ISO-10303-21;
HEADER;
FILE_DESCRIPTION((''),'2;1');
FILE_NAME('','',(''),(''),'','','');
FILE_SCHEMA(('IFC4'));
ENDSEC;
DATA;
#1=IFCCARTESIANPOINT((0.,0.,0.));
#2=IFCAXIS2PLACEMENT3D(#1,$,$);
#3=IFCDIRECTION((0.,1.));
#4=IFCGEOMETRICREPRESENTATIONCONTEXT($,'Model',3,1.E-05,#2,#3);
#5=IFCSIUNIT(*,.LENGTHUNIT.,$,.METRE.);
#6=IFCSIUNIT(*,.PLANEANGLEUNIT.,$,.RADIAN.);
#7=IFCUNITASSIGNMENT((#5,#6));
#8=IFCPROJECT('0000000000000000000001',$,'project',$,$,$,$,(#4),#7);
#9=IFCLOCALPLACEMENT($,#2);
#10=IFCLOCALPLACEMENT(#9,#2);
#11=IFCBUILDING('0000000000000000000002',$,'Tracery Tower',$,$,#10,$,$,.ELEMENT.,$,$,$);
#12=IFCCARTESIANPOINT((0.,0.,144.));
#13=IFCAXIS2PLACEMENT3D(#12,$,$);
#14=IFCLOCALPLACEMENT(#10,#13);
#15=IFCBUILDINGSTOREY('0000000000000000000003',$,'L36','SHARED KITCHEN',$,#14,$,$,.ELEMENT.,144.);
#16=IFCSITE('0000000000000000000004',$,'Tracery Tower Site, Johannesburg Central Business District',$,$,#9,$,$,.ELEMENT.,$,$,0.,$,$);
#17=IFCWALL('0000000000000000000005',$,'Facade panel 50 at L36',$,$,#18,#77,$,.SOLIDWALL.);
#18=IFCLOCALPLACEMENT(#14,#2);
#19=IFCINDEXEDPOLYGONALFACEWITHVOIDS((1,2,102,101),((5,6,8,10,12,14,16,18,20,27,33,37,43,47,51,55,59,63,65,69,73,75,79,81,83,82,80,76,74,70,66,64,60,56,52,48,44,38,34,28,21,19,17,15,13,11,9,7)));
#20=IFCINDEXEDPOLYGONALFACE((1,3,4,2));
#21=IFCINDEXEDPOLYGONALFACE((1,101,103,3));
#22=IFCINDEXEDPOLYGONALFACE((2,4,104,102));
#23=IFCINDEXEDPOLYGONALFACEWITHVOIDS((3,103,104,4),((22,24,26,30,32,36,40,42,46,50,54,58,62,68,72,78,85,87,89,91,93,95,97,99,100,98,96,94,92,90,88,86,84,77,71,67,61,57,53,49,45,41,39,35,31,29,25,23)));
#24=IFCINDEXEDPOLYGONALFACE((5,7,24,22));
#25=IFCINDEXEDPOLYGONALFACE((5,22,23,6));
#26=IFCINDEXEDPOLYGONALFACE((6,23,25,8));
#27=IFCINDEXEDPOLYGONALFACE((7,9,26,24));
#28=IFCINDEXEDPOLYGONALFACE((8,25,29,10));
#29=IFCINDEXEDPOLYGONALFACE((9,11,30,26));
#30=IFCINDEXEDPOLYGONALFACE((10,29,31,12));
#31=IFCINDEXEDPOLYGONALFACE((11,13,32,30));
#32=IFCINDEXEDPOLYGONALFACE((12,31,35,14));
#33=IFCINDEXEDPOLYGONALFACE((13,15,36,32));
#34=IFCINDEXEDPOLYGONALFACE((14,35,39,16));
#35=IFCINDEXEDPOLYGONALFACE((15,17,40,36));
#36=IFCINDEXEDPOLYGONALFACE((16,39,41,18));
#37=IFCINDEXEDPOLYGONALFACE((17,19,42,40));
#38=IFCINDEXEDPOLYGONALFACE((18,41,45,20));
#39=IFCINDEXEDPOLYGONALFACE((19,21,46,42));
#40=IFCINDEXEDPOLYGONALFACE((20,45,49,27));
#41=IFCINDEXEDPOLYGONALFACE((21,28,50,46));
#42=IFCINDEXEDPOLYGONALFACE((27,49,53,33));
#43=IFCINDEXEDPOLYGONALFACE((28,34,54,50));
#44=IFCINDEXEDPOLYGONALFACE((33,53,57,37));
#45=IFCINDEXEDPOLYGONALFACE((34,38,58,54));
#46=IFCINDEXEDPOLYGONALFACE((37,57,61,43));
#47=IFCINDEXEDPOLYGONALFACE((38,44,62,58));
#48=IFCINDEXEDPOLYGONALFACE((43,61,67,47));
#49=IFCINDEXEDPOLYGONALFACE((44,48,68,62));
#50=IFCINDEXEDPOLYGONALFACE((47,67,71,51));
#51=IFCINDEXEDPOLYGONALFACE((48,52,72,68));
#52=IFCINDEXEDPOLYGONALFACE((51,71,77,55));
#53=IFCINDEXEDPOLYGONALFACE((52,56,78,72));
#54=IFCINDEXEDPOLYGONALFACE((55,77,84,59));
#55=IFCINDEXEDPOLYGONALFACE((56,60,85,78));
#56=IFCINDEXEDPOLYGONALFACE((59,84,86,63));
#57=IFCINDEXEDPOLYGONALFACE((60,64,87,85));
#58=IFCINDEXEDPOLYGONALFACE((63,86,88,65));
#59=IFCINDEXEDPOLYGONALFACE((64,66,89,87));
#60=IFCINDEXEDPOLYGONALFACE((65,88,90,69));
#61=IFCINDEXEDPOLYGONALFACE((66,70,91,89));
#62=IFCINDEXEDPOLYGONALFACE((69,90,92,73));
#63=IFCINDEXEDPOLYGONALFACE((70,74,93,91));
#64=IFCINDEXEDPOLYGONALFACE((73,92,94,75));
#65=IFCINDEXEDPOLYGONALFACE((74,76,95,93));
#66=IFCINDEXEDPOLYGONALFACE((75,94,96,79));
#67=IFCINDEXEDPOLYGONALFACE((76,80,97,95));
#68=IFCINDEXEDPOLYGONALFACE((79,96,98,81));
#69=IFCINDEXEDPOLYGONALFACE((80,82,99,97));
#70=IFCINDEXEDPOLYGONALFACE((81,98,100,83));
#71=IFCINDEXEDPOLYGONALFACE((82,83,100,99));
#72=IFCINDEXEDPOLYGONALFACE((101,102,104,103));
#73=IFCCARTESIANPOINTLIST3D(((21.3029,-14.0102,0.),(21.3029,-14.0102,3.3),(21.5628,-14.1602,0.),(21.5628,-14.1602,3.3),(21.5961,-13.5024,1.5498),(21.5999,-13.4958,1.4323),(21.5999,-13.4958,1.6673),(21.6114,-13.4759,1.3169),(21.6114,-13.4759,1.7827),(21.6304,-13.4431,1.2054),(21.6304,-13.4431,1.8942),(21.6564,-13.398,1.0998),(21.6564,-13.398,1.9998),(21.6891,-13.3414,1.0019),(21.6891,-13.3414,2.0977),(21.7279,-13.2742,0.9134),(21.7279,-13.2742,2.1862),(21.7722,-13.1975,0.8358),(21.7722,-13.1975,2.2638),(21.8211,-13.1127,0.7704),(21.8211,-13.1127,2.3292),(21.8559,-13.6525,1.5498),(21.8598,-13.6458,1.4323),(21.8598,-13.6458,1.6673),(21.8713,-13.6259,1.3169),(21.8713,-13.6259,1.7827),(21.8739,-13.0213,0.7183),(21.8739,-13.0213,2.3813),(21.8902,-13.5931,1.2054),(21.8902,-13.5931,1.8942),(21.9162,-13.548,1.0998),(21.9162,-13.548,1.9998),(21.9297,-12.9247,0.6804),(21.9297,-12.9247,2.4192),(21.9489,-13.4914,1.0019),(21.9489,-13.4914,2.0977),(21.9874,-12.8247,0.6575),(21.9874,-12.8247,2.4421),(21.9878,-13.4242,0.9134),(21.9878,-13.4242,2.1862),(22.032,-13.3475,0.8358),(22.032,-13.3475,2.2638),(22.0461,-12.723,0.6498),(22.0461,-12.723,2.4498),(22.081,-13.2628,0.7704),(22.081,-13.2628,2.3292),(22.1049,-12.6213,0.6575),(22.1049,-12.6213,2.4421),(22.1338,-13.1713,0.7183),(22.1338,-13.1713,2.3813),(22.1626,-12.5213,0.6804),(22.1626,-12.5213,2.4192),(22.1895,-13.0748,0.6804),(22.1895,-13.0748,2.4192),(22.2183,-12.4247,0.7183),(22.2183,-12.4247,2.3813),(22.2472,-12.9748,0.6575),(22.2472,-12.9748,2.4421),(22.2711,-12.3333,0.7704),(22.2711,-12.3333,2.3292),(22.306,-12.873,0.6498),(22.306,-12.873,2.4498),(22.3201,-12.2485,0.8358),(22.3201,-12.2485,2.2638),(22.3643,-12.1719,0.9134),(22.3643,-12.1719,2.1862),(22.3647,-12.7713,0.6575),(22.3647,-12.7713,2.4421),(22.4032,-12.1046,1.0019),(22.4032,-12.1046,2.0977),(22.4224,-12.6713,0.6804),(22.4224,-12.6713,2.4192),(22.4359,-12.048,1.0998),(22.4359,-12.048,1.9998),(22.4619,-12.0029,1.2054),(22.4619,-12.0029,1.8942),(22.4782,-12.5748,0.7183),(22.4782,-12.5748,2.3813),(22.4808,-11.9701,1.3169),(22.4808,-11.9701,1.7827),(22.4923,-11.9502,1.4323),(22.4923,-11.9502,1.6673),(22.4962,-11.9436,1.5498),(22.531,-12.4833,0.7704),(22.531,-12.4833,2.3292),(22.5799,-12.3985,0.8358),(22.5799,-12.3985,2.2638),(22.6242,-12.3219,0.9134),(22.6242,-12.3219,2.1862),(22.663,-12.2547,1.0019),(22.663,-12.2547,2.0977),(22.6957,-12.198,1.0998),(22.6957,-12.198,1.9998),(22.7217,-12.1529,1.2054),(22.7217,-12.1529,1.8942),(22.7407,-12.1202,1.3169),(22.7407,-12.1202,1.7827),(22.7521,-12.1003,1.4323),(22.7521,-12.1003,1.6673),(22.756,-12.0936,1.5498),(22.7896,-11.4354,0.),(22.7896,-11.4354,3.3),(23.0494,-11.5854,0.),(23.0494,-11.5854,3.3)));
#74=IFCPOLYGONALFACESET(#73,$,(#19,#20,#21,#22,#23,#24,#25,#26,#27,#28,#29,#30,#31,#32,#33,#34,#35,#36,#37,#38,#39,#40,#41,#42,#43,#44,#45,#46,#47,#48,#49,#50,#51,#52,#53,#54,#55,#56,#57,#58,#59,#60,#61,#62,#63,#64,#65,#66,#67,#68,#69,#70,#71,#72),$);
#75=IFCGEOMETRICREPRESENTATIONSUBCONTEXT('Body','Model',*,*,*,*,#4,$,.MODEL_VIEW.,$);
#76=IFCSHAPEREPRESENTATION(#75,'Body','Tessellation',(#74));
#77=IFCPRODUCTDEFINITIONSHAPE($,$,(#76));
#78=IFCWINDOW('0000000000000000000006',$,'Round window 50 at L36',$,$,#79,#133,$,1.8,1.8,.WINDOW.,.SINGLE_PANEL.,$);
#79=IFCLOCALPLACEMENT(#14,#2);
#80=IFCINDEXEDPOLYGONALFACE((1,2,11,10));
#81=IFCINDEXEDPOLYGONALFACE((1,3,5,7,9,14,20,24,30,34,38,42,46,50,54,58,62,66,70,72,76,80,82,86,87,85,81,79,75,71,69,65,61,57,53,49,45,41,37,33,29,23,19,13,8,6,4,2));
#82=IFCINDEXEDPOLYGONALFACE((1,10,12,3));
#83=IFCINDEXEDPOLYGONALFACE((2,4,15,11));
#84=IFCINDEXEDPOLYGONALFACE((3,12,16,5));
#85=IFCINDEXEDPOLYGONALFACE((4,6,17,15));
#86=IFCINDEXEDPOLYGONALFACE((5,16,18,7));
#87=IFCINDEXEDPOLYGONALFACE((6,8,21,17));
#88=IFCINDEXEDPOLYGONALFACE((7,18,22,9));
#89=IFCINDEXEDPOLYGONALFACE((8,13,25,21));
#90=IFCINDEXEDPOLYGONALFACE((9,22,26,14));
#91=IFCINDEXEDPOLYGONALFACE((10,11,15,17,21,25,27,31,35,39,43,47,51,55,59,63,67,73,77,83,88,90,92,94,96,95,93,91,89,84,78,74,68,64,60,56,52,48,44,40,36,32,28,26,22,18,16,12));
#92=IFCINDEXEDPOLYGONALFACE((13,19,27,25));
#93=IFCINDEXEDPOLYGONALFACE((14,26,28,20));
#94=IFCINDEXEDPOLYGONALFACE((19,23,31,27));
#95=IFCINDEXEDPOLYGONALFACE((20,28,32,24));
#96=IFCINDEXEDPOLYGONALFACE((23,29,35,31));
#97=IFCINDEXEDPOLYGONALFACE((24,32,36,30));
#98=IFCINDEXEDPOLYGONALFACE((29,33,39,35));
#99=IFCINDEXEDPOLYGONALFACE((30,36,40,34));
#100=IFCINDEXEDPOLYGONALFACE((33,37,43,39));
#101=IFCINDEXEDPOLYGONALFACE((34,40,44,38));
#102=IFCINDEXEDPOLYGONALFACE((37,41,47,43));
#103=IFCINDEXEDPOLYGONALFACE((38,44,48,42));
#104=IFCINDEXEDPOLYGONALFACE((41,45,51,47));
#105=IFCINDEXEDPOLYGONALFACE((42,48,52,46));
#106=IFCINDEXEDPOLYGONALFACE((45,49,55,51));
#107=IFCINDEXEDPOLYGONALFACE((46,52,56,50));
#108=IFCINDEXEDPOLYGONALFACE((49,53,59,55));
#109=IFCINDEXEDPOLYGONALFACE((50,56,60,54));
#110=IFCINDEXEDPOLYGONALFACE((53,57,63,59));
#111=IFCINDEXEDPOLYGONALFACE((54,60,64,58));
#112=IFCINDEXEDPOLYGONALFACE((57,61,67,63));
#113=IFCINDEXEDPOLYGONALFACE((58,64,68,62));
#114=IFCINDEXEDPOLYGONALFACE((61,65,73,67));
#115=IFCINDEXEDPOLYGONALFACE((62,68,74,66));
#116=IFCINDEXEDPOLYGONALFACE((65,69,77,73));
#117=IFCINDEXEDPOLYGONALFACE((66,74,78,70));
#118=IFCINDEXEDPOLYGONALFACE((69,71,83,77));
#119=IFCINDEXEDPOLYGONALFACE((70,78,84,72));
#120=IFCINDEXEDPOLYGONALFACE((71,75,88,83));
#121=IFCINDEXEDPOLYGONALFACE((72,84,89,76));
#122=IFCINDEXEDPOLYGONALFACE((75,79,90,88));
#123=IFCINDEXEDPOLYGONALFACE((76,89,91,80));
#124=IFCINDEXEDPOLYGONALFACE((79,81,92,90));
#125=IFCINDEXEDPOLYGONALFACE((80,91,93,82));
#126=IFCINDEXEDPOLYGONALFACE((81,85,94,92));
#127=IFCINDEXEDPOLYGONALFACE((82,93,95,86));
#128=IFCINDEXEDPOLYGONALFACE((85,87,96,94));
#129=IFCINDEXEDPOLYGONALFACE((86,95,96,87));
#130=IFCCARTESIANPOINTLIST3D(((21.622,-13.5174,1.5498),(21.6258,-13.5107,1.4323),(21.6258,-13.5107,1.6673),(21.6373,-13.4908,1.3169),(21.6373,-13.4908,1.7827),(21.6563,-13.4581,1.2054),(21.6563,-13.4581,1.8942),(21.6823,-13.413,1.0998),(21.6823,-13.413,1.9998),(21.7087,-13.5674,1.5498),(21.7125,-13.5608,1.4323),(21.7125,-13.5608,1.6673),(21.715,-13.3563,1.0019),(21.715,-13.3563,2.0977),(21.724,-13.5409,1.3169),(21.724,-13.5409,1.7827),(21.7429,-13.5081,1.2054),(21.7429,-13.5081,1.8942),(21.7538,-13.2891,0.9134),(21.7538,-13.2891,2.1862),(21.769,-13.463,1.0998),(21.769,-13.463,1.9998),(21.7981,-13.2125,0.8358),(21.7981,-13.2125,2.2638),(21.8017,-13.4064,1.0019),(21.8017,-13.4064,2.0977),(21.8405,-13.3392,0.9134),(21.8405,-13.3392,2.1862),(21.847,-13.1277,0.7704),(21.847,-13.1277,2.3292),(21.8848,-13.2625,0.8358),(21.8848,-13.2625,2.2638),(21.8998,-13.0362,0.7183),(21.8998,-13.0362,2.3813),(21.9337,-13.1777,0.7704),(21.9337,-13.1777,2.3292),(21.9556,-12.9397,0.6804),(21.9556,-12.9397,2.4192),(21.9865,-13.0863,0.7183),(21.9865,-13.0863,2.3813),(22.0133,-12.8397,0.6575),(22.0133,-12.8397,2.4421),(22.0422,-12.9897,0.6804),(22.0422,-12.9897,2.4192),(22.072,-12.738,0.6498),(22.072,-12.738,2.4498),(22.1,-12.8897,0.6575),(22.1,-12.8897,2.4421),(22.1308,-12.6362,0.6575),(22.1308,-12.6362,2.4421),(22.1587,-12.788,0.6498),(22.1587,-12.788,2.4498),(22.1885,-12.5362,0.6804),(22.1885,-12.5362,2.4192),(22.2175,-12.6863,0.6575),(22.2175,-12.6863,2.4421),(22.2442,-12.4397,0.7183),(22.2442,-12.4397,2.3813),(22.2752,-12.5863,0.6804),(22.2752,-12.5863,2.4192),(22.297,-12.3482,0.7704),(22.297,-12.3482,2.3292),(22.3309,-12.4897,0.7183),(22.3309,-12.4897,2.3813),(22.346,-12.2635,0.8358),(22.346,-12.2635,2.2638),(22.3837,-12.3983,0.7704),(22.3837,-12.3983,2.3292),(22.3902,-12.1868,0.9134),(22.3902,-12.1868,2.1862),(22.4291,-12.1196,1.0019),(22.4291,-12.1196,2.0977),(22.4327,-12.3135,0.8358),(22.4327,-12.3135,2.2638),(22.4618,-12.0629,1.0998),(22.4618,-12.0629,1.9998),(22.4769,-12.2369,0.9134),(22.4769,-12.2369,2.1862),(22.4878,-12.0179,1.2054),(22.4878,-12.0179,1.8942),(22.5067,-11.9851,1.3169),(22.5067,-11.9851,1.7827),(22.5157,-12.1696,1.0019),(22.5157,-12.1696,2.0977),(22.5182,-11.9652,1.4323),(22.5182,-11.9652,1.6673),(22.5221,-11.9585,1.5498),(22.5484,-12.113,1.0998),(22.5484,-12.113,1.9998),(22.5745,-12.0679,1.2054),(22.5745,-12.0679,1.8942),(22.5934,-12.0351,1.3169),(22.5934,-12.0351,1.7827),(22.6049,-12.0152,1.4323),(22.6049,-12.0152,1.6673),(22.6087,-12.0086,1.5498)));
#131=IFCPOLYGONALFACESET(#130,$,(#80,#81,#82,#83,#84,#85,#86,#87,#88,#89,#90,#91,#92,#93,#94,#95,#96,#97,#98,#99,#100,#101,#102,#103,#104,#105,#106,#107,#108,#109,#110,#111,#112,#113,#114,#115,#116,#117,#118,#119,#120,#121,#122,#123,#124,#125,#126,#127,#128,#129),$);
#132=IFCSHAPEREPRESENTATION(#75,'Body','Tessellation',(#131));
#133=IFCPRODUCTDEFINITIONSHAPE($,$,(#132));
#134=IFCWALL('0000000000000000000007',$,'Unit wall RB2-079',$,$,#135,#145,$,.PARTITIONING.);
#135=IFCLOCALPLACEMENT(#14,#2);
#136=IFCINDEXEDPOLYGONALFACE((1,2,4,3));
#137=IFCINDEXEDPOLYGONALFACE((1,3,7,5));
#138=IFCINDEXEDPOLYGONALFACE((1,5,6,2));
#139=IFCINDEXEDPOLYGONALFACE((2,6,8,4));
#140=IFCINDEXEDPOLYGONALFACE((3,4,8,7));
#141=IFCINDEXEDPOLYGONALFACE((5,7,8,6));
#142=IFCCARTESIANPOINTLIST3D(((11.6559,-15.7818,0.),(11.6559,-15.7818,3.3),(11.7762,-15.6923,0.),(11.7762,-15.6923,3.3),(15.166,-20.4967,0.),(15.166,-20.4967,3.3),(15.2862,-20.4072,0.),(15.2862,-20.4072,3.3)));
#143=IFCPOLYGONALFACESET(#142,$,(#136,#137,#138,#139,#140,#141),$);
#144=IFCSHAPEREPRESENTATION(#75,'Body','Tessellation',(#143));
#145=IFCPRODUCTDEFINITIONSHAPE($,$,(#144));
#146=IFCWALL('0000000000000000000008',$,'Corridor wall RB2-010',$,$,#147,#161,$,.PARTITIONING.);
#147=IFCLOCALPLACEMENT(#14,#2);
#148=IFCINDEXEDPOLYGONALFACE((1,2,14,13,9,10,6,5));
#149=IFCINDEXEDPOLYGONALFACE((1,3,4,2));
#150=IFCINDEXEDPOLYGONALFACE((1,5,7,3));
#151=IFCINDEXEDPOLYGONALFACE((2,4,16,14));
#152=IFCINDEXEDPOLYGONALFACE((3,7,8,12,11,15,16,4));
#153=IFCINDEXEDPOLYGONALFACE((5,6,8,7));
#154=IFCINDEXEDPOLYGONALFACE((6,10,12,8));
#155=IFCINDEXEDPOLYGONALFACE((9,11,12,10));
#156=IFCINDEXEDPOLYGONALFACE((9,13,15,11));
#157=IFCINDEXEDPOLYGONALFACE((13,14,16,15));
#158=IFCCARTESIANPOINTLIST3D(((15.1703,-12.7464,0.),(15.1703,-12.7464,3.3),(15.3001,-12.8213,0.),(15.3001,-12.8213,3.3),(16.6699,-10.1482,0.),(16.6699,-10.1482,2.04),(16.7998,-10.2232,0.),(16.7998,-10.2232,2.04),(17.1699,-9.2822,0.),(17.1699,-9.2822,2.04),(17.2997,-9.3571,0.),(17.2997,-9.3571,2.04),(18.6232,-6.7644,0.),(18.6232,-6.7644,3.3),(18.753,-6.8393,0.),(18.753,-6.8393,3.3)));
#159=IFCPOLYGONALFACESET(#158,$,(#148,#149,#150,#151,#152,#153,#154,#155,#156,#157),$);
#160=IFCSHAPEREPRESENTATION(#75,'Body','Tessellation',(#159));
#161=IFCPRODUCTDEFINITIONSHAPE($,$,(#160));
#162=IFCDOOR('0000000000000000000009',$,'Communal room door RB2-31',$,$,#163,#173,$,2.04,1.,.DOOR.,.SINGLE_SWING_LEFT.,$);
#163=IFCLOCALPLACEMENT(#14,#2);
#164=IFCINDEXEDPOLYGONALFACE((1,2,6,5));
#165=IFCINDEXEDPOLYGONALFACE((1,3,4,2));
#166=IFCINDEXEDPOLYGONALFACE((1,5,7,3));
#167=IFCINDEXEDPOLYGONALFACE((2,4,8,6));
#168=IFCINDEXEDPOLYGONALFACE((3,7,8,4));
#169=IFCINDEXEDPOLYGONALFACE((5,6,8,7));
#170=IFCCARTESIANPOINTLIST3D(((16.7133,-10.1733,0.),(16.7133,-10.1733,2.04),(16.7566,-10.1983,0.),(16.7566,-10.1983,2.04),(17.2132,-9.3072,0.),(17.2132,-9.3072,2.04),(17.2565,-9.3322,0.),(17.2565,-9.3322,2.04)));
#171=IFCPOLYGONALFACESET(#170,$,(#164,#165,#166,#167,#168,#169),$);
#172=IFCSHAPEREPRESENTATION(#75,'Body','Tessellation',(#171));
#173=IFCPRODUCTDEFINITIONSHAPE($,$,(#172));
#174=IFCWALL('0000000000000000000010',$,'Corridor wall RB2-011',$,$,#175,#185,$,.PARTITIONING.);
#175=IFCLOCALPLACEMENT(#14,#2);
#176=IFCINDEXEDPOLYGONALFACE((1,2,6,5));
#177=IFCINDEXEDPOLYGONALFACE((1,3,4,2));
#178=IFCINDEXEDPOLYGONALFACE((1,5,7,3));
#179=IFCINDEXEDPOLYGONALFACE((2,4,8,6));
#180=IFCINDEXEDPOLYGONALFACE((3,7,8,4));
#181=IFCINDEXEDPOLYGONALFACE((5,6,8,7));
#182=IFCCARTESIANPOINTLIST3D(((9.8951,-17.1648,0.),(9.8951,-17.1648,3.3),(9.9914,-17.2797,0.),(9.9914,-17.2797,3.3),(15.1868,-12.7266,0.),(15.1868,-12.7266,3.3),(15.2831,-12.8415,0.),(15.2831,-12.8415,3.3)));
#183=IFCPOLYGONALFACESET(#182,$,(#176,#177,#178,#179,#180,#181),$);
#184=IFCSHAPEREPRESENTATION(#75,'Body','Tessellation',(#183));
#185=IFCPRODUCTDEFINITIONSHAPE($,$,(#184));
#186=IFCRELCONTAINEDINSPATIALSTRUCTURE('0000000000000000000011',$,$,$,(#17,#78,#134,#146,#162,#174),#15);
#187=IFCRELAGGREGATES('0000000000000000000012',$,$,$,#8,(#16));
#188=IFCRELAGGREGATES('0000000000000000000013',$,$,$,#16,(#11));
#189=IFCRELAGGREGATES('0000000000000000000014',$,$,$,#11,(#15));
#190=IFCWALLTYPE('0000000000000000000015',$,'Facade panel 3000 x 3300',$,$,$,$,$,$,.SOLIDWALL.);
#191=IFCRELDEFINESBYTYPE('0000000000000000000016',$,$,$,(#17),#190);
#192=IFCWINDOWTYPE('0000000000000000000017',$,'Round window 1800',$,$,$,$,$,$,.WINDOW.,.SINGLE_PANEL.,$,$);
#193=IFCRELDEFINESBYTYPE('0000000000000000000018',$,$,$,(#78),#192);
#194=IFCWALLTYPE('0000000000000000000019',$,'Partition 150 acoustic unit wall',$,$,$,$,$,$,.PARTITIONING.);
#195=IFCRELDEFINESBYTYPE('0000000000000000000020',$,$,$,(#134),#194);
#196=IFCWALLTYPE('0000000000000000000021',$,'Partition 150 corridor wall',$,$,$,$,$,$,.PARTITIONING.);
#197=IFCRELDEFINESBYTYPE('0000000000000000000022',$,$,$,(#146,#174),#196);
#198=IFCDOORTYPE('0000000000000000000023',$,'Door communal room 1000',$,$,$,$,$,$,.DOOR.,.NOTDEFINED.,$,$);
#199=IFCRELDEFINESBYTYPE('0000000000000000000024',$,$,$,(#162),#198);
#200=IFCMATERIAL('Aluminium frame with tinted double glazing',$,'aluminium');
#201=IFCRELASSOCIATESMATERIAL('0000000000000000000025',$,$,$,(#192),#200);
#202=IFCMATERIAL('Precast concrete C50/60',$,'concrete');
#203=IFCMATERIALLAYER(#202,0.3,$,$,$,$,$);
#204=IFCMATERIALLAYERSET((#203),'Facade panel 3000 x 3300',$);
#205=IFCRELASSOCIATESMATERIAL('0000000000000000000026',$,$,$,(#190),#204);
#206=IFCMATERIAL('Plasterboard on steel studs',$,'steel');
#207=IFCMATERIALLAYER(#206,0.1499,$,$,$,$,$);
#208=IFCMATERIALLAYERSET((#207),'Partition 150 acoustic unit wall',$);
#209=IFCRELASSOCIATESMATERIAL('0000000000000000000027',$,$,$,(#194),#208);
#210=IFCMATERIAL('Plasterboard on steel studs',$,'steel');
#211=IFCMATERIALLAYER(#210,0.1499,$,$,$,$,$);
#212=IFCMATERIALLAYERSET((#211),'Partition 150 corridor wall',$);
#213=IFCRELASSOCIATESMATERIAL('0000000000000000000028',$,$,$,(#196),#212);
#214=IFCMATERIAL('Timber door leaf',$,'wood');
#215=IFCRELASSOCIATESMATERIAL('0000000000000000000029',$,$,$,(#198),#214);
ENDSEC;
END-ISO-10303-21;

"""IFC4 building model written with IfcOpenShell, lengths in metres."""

from ifc_helpers import new_model, si_unit, direction, frame, frame_2d, origin, origin_2d, place, context, subcontext, project, spatial, rectangle, circle, extrude, material, layer, layer_set, type_object, element, fill, save


model = new_model("IFC4")

# Units and contexts
model_context = context("Model", 3, precision=1e-05, world=origin(), true_north=direction((0.0, 1.0)))
body_context = subcontext(model_context, "Body", "Model", "MODEL_VIEW")
ifc_project = project(units=[si_unit("LENGTHUNIT", "METRE"), si_unit("PLANEANGLEUNIT", "RADIAN")], contexts=[model_context])

# Site, building, storey
site_placement = place(None, origin())
site = spatial("IfcSite", under=ifc_project, at=site_placement, Name="Tracery Tower Site, Johannesburg Central Business District", CompositionType="ELEMENT", RefElevation=0.0)
building_placement = place(site_placement, origin())
building = spatial("IfcBuilding", under=site, at=building_placement, Name="Tracery Tower", CompositionType="ELEMENT")
storey_placement = place(building_placement, frame((0.0, 0.0, 144.0)))
storey = spatial("IfcBuildingStorey", under=building, at=storey_placement, Name="L36", Description="SHARED KITCHEN", CompositionType="ELEMENT", Elevation=144.0)

# Wall, opening, window
ifc_material_1 = material(Name="Aluminium frame with tinted double glazing", Category="aluminium")
window_type = type_object("IfcWindowType", Name="Round window 1800", PartitioningType="SINGLE_PANEL", PredefinedType="WINDOW", material=ifc_material_1)
ifc_material_2 = material(Name="Precast concrete C50/60", Category="concrete")
ifc_layer_1 = layer(ifc_material_2, 0.3)
ifc_layer_set_1 = layer_set([ifc_layer_1], Name="Facade panel 3000 x 3300")
wall_type_1 = type_object("IfcWallType", Name="Facade panel 3000 x 3300", PredefinedType="SOLIDWALL", material=ifc_layer_set_1)
wall_1_placement = place(storey_placement, frame((21.4329, -14.0852, 0.0), z_axis=(0.0, 0.0, 1.0), x_axis=(0.500016, 0.866016, 0.0)))
wall_1 = element("IfcWall", 1, at=wall_1_placement, inside=storey, type_object=wall_type_1, Name="Facade panel 50 at L36", PredefinedType="SOLIDWALL", context=body_context, shape_type="SweptSolid", body=[
    extrude(rectangle(XDim=2.9731, YDim=0.3, at=frame_2d((1.4866, 0.0))), origin(), (0.0, 0.0, 1.0), 3.3),
])
opening_1_placement = place(wall_1_placement, frame((1.4863, 0.0, 1.5498)))
opening_1 = element("IfcOpeningElement", 2, at=opening_1_placement, cuts=wall_1, PredefinedType="OPENING", context=body_context, shape_type="SweptSolid", body=[
    extrude(circle(Radius=0.9, at=origin_2d()), frame((0.0, 0.1599, 0.0), z_axis=(0.0, -1.0, 0.0), x_axis=(1.0, 0.0, 0.0)), (0.0, 0.0, 1.0), 0.3201),
])
window_1_placement = place(opening_1_placement, origin())
window_1 = element("IfcWindow", 3, at=window_1_placement, inside=storey, type_object=window_type, Name="Round window 50 at L36", OverallHeight=1.8, OverallWidth=1.8, PartitioningType="SINGLE_PANEL", PredefinedType="WINDOW", context=body_context, shape_type="SweptSolid", body=[
    extrude(circle(Radius=0.9, at=origin_2d()), frame((0.0, 0.1201, 0.0), z_axis=(0.0, -1.0, 0.0), x_axis=(1.0, 0.0, 0.0)), (0.0, 0.0, 1.0), 0.1001),
])
fill(opening_1, window_1)

# Wall
ifc_material_3 = material(Name="Plasterboard on steel studs", Category="steel")
ifc_layer_2 = layer(ifc_material_3, 0.1499)
ifc_layer_set_2 = layer_set([ifc_layer_2], Name="Partition 150 acoustic unit wall")
wall_type_2 = type_object("IfcWallType", Name="Partition 150 acoustic unit wall", PredefinedType="PARTITIONING", material=ifc_layer_set_2)
wall_2_placement = place(storey_placement, frame((11.7161, -15.7371, 0.0), z_axis=(0.0, 0.0, 1.0), x_axis=(0.597152, -0.802128, 0.0)))
element("IfcWall", 4, at=wall_2_placement, inside=storey, type_object=wall_type_2, Name="Unit wall RB2-079", PredefinedType="PARTITIONING", context=body_context, shape_type="SweptSolid", body=[
    extrude(rectangle(XDim=5.8779, YDim=0.1499, at=frame_2d((2.939, 0.0))), origin(), (0.0, 0.0, 1.0), 3.3),
])

# Wall, opening, door
ifc_material_4 = material(Name="Plasterboard on steel studs", Category="steel")
ifc_layer_3 = layer(ifc_material_4, 0.1499)
ifc_layer_set_3 = layer_set([ifc_layer_3], Name="Partition 150 corridor wall")
wall_type_3 = type_object("IfcWallType", Name="Partition 150 corridor wall", PredefinedType="PARTITIONING", material=ifc_layer_set_3)
wall_3_placement = place(storey_placement, frame((15.2351, -12.7839, 0.0), z_axis=(0.0, 0.0, 1.0), x_axis=(0.499914, 0.866075, 0.0)))
wall_3 = element("IfcWall", 5, at=wall_3_placement, inside=storey, type_object=wall_type_3, Name="Corridor wall RB2-010", PredefinedType="PARTITIONING", context=body_context, shape_type="SweptSolid", body=[
    extrude(rectangle(XDim=6.907, YDim=0.1499, at=frame_2d((3.4536, 0.0))), origin(), (0.0, 0.0, 1.0), 3.3),
])
opening_2_placement = place(wall_3_placement, frame((3.0, 0.0, 0.0)))
opening_2 = element("IfcOpeningElement", 6, at=opening_2_placement, cuts=wall_3, PredefinedType="OPENING", context=body_context, shape_type="SweptSolid", body=[
    extrude(rectangle(XDim=1.0, YDim=2.04, at=frame_2d((0.5, 1.02))), frame((0.0, 0.075, 0.0), z_axis=(0.0, -1.0, 0.0), x_axis=(1.0, 0.0, 0.0)), (0.0, 0.0, 1.0), 0.1499),
])
ifc_material_5 = material(Name="Timber door leaf", Category="wood")
door_type = type_object("IfcDoorType", Name="Door communal room 1000", OperationType="NOTDEFINED", PredefinedType="DOOR", material=ifc_material_5)
door_placement = place(opening_2_placement, origin())
door = element("IfcDoor", 7, at=door_placement, inside=storey, type_object=door_type, Name="Communal room door RB2-31", OperationType="SINGLE_SWING_LEFT", OverallHeight=2.04, OverallWidth=1.0, PredefinedType="DOOR", context=body_context, shape_type="SweptSolid", body=[
    extrude(rectangle(XDim=1.0, YDim=2.04, at=frame_2d((0.5, 1.02))), frame((0.0, 0.0249, 0.0), z_axis=(0.0, -1.0, 0.0), x_axis=(1.0, 0.0, 0.0)), (0.0, 0.0, 1.0), 0.05),
])
fill(opening_2, door)

# Wall
wall_4_placement = place(storey_placement, frame((9.9434, -17.2222, 0.0), z_axis=(0.0, 0.0, 1.0), x_axis=(0.766192, 0.642612, 0.0)))
element("IfcWall", 8, at=wall_4_placement, inside=storey, type_object=wall_type_3, Name="Corridor wall RB2-011", PredefinedType="PARTITIONING", context=body_context, shape_type="SweptSolid", body=[
    extrude(rectangle(XDim=6.9065, YDim=0.1499, at=frame_2d((3.4531, 0.0))), origin(), (0.0, 0.0, 1.0), 3.3),
])

save(model, "model.ifc")
